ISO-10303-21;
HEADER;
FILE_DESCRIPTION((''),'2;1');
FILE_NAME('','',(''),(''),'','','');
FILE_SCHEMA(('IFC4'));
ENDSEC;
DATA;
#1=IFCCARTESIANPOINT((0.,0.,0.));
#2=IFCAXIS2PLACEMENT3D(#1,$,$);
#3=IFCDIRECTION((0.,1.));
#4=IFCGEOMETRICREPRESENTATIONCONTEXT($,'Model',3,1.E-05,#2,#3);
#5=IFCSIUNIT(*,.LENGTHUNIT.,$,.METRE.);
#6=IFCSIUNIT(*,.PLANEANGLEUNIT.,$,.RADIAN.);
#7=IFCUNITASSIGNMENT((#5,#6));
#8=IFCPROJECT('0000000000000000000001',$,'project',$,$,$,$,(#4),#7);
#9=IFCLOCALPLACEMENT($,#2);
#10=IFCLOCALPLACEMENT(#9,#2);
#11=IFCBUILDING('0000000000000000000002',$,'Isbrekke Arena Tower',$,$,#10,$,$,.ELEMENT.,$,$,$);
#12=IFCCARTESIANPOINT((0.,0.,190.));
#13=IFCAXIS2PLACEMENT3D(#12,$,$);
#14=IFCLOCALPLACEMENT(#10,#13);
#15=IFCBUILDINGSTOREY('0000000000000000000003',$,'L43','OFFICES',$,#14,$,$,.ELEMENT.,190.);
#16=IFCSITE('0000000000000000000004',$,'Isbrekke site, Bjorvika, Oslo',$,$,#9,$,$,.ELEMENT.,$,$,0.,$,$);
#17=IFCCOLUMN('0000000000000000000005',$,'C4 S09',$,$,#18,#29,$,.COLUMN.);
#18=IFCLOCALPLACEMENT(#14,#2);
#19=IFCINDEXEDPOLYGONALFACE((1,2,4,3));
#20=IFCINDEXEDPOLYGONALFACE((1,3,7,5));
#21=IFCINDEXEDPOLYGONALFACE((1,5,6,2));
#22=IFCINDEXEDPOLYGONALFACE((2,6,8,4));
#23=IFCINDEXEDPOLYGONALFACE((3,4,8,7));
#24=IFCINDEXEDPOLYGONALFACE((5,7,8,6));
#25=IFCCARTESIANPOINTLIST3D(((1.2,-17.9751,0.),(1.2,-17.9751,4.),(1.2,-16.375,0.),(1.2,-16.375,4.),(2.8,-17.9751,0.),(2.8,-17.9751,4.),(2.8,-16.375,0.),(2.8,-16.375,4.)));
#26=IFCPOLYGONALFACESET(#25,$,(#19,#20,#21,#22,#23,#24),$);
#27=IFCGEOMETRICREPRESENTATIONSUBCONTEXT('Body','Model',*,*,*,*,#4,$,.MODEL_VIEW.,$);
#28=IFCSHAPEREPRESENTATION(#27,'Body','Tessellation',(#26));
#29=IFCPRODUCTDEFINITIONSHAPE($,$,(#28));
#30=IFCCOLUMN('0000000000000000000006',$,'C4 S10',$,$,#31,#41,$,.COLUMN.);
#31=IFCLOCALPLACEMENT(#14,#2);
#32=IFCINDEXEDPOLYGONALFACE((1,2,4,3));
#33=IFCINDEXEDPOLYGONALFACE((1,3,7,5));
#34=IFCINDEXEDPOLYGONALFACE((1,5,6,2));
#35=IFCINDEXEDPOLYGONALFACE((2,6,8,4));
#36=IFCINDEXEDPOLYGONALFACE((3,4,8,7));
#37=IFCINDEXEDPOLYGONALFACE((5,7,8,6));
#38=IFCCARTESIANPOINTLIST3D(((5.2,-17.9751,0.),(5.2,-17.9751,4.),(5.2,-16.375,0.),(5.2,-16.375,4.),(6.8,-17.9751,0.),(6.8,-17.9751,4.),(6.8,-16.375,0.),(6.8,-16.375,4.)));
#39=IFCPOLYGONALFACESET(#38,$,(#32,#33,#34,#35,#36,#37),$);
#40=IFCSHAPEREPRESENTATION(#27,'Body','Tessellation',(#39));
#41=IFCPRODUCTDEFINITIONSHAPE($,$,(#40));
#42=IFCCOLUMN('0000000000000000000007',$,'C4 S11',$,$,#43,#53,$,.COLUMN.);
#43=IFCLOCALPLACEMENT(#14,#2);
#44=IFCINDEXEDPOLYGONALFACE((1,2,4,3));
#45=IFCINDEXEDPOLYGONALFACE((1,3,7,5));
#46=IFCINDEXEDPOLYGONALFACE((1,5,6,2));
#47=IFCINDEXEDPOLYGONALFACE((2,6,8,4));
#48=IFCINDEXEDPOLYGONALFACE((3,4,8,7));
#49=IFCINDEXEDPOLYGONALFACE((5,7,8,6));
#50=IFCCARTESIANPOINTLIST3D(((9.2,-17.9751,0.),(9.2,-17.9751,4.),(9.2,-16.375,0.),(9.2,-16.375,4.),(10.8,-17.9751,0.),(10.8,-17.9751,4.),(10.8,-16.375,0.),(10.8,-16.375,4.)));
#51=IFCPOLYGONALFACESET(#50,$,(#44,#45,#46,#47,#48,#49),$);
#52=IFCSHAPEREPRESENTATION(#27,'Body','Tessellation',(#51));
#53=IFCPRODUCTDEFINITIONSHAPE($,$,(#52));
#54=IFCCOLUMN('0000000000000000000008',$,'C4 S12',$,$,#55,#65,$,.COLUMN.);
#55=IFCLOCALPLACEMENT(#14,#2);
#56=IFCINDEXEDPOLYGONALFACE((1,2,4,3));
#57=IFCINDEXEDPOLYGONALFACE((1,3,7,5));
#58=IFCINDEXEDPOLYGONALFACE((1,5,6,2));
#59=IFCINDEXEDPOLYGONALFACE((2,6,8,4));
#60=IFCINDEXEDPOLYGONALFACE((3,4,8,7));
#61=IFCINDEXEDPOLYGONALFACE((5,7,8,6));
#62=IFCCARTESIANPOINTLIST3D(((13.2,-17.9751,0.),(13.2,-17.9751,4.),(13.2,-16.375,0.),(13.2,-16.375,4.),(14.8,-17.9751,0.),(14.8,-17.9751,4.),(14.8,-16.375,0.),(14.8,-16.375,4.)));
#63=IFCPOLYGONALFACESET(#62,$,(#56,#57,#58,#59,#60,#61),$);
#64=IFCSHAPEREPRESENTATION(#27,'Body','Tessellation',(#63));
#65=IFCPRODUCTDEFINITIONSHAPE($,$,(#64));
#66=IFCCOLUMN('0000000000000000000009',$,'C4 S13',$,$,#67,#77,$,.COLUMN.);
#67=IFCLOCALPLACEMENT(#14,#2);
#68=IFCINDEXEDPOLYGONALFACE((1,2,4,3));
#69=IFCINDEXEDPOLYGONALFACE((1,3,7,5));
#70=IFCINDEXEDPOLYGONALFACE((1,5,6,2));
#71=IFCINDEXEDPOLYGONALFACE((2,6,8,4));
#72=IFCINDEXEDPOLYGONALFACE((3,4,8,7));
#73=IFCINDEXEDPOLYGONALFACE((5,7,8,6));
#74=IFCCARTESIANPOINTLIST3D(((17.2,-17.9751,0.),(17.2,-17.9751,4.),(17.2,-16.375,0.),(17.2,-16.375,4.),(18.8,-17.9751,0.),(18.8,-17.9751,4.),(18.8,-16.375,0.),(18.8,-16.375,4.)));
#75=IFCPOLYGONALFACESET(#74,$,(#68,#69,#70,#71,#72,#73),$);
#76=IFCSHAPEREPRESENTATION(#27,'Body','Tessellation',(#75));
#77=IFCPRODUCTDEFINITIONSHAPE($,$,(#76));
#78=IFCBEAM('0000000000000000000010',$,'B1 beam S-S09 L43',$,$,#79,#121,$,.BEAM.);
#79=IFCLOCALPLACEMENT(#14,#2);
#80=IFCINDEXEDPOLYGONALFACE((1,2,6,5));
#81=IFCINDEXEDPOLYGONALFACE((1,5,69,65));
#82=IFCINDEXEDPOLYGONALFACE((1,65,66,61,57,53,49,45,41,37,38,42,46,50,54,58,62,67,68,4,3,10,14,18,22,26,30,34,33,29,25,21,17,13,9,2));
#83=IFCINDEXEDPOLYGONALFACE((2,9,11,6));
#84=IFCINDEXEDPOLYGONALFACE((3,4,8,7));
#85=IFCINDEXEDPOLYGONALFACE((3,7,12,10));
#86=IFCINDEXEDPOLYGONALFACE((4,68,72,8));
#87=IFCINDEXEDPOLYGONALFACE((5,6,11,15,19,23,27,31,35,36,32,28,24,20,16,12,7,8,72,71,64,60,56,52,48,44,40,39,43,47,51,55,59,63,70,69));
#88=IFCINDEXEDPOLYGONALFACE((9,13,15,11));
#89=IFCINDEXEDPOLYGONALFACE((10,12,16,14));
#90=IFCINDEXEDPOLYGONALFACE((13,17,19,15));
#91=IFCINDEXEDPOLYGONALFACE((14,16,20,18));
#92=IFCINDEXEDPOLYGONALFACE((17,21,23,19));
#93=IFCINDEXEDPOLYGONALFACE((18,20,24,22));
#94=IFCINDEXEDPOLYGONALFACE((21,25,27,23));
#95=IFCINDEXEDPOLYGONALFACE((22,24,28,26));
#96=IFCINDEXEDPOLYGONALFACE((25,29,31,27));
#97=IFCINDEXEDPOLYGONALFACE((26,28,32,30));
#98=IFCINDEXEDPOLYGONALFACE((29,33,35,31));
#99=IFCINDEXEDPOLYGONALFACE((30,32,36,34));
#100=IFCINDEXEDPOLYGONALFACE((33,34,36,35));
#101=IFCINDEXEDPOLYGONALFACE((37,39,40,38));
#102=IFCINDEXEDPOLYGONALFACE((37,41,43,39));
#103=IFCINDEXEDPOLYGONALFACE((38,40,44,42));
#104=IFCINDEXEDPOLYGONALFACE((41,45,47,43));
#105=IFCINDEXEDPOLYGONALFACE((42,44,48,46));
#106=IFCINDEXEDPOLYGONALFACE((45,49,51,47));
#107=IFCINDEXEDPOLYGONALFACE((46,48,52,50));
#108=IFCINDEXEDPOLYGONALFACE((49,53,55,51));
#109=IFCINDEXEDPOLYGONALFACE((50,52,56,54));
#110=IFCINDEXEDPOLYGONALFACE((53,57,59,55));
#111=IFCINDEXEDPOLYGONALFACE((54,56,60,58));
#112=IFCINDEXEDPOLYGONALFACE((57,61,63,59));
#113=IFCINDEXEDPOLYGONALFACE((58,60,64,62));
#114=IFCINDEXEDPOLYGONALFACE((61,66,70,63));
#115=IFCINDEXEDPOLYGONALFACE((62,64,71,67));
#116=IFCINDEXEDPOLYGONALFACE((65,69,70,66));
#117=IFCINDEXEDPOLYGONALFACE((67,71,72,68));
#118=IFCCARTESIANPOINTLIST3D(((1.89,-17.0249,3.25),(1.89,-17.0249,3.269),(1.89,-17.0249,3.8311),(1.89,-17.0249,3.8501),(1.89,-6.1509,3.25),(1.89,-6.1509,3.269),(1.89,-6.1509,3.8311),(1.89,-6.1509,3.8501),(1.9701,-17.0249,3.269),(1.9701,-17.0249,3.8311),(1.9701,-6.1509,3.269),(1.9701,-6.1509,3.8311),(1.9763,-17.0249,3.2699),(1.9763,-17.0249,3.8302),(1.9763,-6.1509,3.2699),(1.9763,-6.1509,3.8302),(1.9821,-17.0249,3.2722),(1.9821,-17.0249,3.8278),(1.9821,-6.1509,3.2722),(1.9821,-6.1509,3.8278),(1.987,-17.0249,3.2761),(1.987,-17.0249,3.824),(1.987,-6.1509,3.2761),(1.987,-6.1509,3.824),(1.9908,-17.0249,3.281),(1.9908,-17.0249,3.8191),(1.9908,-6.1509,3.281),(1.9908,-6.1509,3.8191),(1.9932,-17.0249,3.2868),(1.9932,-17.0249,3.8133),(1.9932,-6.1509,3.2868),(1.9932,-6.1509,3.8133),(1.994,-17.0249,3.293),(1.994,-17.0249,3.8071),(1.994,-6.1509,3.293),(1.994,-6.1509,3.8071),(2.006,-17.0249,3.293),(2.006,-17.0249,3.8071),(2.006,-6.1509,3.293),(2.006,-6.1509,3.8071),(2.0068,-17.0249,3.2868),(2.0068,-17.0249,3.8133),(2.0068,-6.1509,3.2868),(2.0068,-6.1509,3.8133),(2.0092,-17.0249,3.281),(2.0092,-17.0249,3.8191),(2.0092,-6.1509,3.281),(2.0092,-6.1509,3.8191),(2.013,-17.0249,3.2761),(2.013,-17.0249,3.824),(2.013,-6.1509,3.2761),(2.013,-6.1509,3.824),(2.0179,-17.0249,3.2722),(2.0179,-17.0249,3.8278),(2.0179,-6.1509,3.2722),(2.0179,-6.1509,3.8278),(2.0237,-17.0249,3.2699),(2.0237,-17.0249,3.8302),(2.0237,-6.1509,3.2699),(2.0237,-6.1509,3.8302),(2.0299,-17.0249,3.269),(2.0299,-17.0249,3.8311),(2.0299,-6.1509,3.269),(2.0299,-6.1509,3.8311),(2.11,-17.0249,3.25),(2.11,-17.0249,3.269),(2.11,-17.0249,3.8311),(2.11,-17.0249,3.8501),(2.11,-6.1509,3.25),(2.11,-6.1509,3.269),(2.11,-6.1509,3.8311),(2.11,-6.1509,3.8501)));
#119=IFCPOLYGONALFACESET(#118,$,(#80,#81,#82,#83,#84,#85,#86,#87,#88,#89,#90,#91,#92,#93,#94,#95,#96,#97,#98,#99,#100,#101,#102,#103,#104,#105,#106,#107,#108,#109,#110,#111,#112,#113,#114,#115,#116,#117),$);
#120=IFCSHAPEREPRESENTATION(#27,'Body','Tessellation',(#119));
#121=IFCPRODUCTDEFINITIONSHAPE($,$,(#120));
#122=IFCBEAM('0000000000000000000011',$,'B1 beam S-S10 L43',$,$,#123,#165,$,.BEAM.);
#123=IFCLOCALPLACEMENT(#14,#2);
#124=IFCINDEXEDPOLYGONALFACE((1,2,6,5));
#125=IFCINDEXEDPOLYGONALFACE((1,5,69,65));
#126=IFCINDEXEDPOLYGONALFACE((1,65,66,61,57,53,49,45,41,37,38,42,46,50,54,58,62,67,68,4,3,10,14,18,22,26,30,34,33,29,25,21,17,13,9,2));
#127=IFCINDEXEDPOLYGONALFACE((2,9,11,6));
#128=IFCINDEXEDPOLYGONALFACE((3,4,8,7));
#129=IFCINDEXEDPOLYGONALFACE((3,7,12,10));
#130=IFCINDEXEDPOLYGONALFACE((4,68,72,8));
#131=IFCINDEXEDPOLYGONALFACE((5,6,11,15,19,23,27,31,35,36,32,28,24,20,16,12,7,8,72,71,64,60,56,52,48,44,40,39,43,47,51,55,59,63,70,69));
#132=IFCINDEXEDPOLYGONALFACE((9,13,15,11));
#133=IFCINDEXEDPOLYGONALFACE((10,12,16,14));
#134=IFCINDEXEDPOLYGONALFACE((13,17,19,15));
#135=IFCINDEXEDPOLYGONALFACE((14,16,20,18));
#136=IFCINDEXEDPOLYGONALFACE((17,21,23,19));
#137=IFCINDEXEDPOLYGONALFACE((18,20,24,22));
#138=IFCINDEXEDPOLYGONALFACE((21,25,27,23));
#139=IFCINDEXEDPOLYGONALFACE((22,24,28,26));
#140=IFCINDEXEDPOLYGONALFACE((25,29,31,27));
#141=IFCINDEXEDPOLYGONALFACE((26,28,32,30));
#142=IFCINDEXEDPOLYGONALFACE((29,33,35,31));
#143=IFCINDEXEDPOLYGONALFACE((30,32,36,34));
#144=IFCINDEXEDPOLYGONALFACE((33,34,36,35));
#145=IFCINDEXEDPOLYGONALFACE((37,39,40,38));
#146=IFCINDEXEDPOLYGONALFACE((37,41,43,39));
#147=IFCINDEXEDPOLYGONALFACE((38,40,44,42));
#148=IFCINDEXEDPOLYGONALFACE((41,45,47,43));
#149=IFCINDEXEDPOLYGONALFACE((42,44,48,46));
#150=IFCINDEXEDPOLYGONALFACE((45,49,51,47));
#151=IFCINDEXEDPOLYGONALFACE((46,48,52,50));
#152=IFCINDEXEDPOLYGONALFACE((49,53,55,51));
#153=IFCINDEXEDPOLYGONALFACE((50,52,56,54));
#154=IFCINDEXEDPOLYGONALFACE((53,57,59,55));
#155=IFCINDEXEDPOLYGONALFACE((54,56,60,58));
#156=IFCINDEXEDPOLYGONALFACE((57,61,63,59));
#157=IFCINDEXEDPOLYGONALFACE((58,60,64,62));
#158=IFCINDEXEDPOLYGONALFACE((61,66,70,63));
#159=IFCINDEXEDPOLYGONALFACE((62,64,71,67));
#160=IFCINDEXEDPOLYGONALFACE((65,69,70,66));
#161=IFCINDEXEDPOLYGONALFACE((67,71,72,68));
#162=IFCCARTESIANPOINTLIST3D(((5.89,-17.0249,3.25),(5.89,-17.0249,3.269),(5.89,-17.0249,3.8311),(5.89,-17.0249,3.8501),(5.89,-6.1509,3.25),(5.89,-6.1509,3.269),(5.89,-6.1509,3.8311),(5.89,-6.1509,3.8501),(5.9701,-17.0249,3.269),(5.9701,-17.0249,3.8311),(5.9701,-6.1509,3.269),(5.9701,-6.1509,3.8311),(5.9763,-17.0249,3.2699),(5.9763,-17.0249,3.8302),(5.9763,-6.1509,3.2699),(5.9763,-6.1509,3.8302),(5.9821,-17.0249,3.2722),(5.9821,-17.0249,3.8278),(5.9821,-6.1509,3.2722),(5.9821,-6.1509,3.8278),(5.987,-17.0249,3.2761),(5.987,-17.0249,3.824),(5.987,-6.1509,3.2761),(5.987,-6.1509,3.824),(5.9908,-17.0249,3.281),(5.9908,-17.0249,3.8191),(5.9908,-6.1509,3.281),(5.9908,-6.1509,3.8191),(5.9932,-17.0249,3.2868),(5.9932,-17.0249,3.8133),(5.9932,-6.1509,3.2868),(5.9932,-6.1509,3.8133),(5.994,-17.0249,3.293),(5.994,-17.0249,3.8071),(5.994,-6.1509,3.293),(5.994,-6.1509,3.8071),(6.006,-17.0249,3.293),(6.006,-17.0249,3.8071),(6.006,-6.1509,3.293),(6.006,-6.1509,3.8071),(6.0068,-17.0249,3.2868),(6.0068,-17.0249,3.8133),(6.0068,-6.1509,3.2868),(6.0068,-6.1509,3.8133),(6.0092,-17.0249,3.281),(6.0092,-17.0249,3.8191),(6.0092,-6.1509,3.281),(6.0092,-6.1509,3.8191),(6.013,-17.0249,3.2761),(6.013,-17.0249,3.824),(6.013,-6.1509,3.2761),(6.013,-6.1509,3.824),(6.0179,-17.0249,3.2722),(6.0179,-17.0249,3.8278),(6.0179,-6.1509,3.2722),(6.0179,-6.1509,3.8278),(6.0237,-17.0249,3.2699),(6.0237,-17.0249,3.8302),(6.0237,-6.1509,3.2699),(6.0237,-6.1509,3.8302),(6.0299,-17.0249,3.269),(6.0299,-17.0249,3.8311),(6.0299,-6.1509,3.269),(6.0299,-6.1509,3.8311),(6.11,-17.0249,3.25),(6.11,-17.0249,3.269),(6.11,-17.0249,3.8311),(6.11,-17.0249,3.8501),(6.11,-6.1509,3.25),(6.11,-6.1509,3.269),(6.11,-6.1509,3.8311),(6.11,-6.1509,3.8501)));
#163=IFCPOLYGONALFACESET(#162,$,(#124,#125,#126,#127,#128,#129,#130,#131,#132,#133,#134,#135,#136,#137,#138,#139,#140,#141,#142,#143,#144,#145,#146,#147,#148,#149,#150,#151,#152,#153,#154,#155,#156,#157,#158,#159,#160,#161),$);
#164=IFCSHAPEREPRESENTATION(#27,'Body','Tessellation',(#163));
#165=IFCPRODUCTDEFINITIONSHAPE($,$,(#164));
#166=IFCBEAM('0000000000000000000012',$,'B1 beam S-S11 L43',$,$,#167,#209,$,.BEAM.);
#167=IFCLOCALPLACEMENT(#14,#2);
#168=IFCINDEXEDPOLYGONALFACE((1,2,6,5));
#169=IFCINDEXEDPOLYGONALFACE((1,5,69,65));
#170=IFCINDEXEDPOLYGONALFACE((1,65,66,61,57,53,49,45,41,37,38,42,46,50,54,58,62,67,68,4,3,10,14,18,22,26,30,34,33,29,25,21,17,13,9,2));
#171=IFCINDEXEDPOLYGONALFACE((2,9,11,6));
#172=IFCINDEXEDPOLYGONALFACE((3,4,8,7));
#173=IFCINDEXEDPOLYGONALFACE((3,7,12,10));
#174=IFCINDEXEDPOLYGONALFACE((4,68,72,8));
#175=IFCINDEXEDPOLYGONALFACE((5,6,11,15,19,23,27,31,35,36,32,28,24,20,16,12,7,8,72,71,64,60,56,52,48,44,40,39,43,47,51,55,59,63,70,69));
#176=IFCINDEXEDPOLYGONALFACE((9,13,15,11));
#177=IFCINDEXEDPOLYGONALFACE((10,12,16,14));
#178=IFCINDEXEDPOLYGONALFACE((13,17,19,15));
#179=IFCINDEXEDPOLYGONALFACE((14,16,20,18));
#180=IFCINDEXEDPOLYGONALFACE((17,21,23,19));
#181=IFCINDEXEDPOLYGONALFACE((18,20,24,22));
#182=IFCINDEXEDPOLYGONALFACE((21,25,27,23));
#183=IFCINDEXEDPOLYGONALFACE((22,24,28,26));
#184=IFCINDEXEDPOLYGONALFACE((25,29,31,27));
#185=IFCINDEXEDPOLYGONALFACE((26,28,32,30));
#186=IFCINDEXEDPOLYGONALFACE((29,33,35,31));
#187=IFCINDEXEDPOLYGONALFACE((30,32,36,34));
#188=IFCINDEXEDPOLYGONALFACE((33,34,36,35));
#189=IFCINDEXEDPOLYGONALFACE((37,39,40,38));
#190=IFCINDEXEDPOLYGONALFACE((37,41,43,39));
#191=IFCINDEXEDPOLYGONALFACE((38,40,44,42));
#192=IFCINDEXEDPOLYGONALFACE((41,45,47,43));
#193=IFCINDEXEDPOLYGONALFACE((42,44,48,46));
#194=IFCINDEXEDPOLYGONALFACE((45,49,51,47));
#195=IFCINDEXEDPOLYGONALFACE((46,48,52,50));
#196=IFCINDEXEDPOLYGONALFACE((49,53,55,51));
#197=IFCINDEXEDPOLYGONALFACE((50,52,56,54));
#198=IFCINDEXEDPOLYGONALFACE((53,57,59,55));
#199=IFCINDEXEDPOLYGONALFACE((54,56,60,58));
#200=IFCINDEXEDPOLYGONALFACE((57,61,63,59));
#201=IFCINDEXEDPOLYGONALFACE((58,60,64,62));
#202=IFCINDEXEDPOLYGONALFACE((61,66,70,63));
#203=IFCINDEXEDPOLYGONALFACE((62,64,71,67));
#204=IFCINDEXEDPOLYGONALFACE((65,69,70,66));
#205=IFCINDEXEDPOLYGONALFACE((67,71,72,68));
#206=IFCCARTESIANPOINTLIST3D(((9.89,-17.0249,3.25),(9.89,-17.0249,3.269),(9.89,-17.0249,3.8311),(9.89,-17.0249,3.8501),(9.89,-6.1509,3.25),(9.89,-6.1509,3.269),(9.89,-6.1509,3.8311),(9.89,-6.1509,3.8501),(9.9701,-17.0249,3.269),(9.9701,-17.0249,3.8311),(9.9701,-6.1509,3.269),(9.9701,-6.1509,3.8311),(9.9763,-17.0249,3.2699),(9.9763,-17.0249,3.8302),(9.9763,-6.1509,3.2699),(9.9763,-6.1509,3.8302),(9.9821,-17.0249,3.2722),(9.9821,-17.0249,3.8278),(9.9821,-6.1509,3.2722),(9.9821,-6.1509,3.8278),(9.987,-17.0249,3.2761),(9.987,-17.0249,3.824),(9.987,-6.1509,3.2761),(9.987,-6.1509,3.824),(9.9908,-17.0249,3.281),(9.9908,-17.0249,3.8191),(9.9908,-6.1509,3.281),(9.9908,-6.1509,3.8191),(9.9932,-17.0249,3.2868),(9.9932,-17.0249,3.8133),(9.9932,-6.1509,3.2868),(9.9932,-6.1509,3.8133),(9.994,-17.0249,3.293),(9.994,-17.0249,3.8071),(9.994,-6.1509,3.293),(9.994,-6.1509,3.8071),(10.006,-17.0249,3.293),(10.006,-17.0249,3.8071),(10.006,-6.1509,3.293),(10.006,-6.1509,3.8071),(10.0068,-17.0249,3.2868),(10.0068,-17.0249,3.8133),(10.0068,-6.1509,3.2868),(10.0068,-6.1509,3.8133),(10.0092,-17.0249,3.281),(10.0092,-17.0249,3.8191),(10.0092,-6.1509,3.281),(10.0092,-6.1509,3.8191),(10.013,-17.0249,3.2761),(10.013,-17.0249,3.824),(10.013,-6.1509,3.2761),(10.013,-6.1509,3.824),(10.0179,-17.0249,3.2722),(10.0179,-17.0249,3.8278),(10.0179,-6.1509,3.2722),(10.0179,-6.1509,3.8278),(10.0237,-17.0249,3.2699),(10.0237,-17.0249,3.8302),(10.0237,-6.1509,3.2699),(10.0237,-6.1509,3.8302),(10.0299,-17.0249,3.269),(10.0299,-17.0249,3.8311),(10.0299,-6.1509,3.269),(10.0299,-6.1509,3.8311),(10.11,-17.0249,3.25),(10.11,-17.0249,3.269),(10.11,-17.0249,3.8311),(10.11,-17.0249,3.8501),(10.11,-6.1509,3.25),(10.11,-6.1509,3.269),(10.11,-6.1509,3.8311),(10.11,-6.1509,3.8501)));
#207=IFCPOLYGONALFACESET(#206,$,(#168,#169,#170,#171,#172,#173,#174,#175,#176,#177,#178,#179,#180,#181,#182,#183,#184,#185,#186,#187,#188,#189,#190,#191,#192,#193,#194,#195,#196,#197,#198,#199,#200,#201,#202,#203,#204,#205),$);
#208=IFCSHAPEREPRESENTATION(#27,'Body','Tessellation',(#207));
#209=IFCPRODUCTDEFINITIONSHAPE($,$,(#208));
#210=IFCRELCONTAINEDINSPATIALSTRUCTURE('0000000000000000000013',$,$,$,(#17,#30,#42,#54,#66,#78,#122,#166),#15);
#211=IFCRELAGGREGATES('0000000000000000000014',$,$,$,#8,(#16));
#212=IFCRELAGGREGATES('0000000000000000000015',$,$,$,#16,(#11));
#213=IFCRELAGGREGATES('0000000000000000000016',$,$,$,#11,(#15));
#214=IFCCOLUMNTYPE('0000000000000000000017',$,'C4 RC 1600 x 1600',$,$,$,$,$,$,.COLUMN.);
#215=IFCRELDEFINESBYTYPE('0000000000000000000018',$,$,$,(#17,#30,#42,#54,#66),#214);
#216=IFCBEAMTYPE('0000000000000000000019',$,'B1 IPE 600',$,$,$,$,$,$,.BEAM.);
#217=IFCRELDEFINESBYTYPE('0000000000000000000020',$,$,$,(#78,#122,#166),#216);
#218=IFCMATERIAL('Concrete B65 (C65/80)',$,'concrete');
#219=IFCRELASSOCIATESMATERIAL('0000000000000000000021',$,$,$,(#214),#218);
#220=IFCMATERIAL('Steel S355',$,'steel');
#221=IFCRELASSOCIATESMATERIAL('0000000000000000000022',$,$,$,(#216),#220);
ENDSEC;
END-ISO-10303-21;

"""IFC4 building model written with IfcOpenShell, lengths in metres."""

from ifc_helpers import new_model, si_unit, direction, frame, origin, origin_2d, place, context, subcontext, project, spatial, rectangle, i_section, extrude, material, material_profile, profile_set, type_object, element, save


model = new_model("IFC4")

# Units and contexts
model_context = context("Model", 3, precision=1e-05, world=origin(), true_north=direction((0.0, 1.0)))
body_context = subcontext(model_context, "Body", "Model", "MODEL_VIEW")
ifc_project = project(units=[si_unit("LENGTHUNIT", "METRE"), si_unit("PLANEANGLEUNIT", "RADIAN")], contexts=[model_context])

# Site, building, storey
site_placement = place(None, origin())
site = spatial("IfcSite", under=ifc_project, at=site_placement, Name="Isbrekke site, Bjorvika, Oslo", CompositionType="ELEMENT", RefElevation=0.0)
building_placement = place(site_placement, origin())
building = spatial("IfcBuilding", under=site, at=building_placement, Name="Isbrekke Arena Tower", CompositionType="ELEMENT")
storey_placement = place(building_placement, frame((0.0, 0.0, 190.0)))
storey = spatial("IfcBuildingStorey", under=building, at=storey_placement, Name="L43", Description="OFFICES", CompositionType="ELEMENT", Elevation=190.0)

# Columns
ifc_material_1 = material(Name="Concrete B65 (C65/80)", Category="concrete")
ifc_material_profile_1 = material_profile(ifc_material_1, rectangle(XDim=1.6001, YDim=1.6001, at=origin_2d()), Name="RC 1600x1600")
ifc_profile_set_1 = profile_set([ifc_material_profile_1], Name="Concrete B65 (C65/80)")
column_type = type_object("IfcColumnType", Name="C4 RC 1600 x 1600", PredefinedType="COLUMN", material=ifc_profile_set_1)
for number, where, z_axis, x_axis, name in (
    (1, (2.0, -17.175, 0.0), (0.0, 0.0, 1.0), (1.0, 0.0, 0.0), "C4 S09"),
    (2, (6.0, -17.175, 0.0), (0.0, 0.0, 1.0), (1.0, 0.0, 0.0), "C4 S10"),
    (3, (10.0, -17.175, 0.0), (0.0, 0.0, 1.0), (1.0, 0.0, 0.0), "C4 S11"),
    (4, (14.0, -17.175, 0.0), (0.0, 0.0, 1.0), (1.0, 0.0, 0.0), "C4 S12"),
    (5, (18.0, -17.175, 0.0), (0.0, 0.0, 1.0), (1.0, 0.0, 0.0), "C4 S13"),
):
    element("IfcColumn", number, at=place(storey_placement, frame(where, z_axis=z_axis, x_axis=x_axis)), inside=storey, type_object=column_type, Name=name, PredefinedType="COLUMN", context=body_context, shape_type="SweptSolid", body=[
        extrude(rectangle(XDim=1.6001, YDim=1.6001, at=origin_2d()), origin(), (0.0, 0.0, 1.0), 4.0),
    ])

# Beams
ifc_material_2 = material(Name="Steel S355", Category="steel")
ifc_material_profile_2 = material_profile(ifc_material_2, i_section(OverallWidth=0.22, OverallDepth=0.6001, WebThickness=0.012, FlangeThickness=0.019, FilletRadius=0.0239, at=origin_2d()), Name="IPE 600")
ifc_profile_set_2 = profile_set([ifc_material_profile_2], Name="Steel S355")
beam_type_1 = type_object("IfcBeamType", Name="B1 IPE 600", PredefinedType="BEAM", material=ifc_profile_set_2)
for number, where, z_axis, x_axis, name in (
    (6, (2.0, -17.0249, 3.55), (0.0, 1.0, 0.0), (-1.0, 0.0, 0.0), "B1 beam S-S09 L43"),
    (7, (6.0, -17.0249, 3.55), (0.0, 1.0, 0.0), (-1.0, 0.0, 0.0), "B1 beam S-S10 L43"),
    (8, (10.0, -17.0249, 3.55), (0.0, 1.0, 0.0), (-1.0, 0.0, 0.0), "B1 beam S-S11 L43"),
):
    element("IfcBeam", number, at=place(storey_placement, frame(where, z_axis=z_axis, x_axis=x_axis)), inside=storey, type_object=beam_type_1, Name=name, PredefinedType="BEAM", context=body_context, shape_type="SweptSolid", body=[
        extrude(i_section(OverallWidth=0.22, OverallDepth=0.6001, WebThickness=0.012, FlangeThickness=0.019, FilletRadius=0.0239, at=origin_2d()), origin(), (0.0, 0.0, 1.0), 10.874),
    ])

save(model, "model.ifc")
